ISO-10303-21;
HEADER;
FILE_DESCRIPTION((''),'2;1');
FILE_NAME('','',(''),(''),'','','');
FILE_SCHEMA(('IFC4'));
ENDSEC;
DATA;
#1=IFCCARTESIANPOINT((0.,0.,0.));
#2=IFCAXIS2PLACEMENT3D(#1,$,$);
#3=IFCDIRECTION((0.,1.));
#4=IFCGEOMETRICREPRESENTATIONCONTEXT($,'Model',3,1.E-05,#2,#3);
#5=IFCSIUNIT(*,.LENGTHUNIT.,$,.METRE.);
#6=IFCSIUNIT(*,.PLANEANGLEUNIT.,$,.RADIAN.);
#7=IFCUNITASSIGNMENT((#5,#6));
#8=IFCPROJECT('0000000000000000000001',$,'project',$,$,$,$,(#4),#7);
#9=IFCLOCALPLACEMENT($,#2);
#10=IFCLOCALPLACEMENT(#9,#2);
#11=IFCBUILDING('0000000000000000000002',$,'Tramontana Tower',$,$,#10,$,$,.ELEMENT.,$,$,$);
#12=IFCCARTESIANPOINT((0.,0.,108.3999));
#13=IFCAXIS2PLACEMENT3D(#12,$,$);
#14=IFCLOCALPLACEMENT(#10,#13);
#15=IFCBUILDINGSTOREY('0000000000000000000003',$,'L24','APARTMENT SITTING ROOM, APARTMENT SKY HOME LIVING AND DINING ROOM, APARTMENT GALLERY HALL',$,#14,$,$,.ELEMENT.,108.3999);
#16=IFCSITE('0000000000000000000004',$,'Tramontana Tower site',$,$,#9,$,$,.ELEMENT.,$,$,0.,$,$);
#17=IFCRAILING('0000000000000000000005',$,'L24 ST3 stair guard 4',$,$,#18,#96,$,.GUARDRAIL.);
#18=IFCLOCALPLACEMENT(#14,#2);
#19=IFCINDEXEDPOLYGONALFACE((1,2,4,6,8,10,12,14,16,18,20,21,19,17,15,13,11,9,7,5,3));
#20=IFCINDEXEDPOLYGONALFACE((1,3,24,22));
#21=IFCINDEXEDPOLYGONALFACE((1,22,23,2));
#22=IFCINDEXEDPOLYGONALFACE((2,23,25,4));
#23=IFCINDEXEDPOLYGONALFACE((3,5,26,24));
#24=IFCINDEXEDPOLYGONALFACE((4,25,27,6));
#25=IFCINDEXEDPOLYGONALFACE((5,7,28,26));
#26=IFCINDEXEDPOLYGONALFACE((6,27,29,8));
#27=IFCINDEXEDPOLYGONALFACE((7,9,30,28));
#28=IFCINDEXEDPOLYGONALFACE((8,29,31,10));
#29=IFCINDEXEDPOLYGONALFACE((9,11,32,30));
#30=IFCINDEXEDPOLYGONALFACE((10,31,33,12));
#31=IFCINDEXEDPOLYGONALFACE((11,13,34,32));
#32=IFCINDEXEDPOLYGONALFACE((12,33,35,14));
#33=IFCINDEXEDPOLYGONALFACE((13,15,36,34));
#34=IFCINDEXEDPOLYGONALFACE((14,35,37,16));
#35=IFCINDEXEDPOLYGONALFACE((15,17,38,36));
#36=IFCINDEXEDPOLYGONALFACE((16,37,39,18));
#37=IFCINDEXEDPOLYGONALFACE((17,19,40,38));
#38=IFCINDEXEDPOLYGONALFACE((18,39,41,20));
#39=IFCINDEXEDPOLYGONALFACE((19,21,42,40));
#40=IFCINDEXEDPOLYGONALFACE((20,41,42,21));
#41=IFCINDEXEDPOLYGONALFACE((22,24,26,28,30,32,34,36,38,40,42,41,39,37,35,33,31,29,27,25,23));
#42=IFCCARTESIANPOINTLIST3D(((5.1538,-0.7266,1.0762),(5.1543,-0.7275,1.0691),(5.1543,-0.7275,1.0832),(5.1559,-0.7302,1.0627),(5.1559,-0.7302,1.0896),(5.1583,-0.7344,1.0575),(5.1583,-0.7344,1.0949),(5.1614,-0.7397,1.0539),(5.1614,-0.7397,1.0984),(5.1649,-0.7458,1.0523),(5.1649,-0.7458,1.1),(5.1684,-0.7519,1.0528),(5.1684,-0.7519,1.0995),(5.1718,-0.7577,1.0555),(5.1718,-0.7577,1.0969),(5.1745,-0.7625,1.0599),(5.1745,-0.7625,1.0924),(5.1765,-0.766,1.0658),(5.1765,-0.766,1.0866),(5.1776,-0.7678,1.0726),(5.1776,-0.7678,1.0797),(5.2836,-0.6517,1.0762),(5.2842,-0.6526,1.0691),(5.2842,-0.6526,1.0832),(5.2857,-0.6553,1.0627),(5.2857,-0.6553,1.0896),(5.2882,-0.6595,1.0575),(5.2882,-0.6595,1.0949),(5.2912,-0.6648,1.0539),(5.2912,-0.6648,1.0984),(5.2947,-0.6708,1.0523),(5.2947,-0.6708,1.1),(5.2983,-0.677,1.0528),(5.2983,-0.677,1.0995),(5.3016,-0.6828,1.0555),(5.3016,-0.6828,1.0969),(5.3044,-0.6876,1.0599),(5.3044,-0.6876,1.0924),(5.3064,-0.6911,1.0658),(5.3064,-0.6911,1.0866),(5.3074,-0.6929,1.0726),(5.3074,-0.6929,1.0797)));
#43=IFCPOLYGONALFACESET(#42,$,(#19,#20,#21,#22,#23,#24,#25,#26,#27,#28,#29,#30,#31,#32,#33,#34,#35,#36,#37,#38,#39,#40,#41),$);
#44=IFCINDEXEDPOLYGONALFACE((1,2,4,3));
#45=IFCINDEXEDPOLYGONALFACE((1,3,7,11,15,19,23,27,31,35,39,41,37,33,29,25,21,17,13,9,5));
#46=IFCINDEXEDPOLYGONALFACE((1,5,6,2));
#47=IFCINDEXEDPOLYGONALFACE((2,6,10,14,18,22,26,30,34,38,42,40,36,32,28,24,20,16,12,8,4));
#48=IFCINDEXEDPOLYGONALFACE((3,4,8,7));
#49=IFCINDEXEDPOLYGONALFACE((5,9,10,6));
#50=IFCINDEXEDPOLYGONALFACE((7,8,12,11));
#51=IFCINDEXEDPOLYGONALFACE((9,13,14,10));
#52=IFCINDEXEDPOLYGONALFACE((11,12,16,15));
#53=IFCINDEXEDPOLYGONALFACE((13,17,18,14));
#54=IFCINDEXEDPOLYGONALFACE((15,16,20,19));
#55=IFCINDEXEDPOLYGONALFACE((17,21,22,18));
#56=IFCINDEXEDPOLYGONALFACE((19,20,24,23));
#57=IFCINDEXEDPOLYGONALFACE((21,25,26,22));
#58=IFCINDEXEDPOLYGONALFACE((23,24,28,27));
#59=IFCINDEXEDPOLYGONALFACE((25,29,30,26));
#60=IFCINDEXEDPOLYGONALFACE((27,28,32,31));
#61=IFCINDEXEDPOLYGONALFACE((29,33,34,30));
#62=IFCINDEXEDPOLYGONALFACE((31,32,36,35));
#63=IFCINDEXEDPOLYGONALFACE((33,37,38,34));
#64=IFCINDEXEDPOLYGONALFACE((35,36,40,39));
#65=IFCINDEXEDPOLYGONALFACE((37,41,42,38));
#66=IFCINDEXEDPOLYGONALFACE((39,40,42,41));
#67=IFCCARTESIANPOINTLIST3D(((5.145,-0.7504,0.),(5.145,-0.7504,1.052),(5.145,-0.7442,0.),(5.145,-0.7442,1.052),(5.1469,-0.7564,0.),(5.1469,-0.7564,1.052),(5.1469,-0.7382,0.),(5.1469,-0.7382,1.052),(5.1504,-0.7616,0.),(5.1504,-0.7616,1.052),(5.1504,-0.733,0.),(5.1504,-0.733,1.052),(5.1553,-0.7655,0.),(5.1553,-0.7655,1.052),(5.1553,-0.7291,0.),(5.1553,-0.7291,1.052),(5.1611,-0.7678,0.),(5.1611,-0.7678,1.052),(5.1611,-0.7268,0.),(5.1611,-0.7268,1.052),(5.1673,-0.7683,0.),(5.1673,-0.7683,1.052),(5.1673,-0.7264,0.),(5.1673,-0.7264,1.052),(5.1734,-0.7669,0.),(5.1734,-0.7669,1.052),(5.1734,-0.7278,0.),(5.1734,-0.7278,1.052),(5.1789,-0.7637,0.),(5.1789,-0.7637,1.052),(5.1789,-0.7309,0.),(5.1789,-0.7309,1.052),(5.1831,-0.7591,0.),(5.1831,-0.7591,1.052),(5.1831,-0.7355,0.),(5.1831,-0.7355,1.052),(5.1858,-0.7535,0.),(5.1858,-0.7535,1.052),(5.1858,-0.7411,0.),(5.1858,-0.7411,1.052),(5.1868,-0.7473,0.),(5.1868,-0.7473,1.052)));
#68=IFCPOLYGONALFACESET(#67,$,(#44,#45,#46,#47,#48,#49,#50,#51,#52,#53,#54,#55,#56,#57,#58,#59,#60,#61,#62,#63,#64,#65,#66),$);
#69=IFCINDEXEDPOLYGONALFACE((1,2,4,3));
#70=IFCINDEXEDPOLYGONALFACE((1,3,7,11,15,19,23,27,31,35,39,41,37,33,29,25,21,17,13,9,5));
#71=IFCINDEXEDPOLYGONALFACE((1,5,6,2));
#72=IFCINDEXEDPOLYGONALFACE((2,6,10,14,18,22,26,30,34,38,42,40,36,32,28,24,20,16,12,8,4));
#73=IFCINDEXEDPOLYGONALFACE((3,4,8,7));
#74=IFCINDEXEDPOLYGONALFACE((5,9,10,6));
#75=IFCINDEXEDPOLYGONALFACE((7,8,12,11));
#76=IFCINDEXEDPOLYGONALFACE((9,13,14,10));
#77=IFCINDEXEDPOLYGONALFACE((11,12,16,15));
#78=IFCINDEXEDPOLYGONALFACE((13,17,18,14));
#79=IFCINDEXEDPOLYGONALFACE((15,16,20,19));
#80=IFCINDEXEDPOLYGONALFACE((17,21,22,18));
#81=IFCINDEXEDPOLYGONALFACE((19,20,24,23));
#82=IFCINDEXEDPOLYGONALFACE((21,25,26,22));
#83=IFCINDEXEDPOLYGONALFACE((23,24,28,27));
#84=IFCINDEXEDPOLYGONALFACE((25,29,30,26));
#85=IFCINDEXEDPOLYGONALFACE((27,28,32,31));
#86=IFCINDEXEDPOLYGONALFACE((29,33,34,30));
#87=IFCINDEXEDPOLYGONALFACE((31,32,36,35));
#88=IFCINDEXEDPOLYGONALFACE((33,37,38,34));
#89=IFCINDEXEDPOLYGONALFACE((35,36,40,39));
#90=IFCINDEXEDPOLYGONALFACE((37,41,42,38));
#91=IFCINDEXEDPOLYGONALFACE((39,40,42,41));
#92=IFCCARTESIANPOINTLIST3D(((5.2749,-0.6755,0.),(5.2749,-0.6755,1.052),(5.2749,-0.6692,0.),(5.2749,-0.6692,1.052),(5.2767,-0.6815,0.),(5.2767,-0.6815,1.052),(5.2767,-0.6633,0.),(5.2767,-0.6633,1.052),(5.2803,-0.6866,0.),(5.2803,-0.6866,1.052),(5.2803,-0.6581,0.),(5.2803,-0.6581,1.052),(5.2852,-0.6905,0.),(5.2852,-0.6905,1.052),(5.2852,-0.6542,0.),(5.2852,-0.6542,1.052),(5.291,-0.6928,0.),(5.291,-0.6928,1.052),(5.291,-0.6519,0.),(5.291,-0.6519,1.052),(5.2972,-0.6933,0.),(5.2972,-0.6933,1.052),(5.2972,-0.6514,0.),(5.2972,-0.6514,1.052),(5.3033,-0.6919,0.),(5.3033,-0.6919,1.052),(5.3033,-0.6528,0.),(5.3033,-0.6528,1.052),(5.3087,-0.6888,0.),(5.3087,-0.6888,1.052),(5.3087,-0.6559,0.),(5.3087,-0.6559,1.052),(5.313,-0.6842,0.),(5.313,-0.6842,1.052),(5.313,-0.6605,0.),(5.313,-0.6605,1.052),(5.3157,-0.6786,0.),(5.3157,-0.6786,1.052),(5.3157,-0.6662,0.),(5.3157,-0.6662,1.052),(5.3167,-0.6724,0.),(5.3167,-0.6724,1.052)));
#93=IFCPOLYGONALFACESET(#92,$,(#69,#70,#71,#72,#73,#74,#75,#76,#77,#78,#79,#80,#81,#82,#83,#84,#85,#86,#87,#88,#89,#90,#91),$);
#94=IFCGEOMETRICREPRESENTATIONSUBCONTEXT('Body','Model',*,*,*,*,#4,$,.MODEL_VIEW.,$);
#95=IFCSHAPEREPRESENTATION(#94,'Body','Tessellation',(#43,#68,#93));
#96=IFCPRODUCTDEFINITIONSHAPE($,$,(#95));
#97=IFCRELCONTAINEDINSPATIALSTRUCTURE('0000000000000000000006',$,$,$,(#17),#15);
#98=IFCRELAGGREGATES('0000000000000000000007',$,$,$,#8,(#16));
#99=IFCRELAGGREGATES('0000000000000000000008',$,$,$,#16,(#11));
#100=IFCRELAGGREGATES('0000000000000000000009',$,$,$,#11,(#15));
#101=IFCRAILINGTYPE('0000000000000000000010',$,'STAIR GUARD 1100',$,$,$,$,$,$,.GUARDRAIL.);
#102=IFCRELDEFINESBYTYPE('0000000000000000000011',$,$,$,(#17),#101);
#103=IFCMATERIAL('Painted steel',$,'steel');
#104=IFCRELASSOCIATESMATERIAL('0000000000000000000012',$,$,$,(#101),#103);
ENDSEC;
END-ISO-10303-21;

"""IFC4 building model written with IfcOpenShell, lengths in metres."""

from ifc_helpers import new_model, si_unit, direction, frame, origin, origin_2d, place, context, subcontext, project, spatial, circle, extrude, material, type_object, element, save


model = new_model("IFC4")

# Units and contexts
model_context = context("Model", 3, precision=1e-05, world=origin(), true_north=direction((0.0, 1.0)))
body_context = subcontext(model_context, "Body", "Model", "MODEL_VIEW")
ifc_project = project(units=[si_unit("LENGTHUNIT", "METRE"), si_unit("PLANEANGLEUNIT", "RADIAN")], contexts=[model_context])

# Site, building, storey
site_placement = place(None, origin())
site = spatial("IfcSite", under=ifc_project, at=site_placement, Name="Tramontana Tower site", CompositionType="ELEMENT", RefElevation=0.0)
building_placement = place(site_placement, origin())
building = spatial("IfcBuilding", under=site, at=building_placement, Name="Tramontana Tower", CompositionType="ELEMENT")
storey_placement = place(building_placement, frame((0.0, 0.0, 108.3999)))
storey = spatial("IfcBuildingStorey", under=building, at=storey_placement, Name="L24", Description="APARTMENT SITTING ROOM, APARTMENT SKY HOME LIVING AND DINING ROOM, APARTMENT GALLERY HALL", CompositionType="ELEMENT", Elevation=108.3999)

# Railing
ifc_material_1 = material(Name="Painted steel", Category="steel")
railing_type_1 = type_object("IfcRailingType", Name="STAIR GUARD 1100", PredefinedType="GUARDRAIL", material=ifc_material_1)
railing_1_placement = place(storey_placement, frame((5.1658, -0.7473, 0.0)))
element("IfcRailing", 1, at=railing_1_placement, inside=storey, type_object=railing_type_1, Name="L24 ST3 stair guard 4", PredefinedType="GUARDRAIL", context=body_context, shape_type="SweptSolid", body=[
    extrude(circle(Radius=0.0239, at=origin_2d()), frame((0.0, 0.0, 1.0762), z_axis=(0.866131, 0.499816, 0.0), x_axis=(-0.499816, 0.866131, 0.0)), (0.0, 0.0, 1.0), 0.1499),
    extrude(circle(Radius=0.021, at=origin_2d()), origin(), (0.0, 0.0, 1.0), 1.052),
    extrude(circle(Radius=0.021, at=origin_2d()), frame((0.1299, 0.075, 0.0)), (0.0, 0.0, 1.0), 1.052),
])

save(model, "model.ifc")
